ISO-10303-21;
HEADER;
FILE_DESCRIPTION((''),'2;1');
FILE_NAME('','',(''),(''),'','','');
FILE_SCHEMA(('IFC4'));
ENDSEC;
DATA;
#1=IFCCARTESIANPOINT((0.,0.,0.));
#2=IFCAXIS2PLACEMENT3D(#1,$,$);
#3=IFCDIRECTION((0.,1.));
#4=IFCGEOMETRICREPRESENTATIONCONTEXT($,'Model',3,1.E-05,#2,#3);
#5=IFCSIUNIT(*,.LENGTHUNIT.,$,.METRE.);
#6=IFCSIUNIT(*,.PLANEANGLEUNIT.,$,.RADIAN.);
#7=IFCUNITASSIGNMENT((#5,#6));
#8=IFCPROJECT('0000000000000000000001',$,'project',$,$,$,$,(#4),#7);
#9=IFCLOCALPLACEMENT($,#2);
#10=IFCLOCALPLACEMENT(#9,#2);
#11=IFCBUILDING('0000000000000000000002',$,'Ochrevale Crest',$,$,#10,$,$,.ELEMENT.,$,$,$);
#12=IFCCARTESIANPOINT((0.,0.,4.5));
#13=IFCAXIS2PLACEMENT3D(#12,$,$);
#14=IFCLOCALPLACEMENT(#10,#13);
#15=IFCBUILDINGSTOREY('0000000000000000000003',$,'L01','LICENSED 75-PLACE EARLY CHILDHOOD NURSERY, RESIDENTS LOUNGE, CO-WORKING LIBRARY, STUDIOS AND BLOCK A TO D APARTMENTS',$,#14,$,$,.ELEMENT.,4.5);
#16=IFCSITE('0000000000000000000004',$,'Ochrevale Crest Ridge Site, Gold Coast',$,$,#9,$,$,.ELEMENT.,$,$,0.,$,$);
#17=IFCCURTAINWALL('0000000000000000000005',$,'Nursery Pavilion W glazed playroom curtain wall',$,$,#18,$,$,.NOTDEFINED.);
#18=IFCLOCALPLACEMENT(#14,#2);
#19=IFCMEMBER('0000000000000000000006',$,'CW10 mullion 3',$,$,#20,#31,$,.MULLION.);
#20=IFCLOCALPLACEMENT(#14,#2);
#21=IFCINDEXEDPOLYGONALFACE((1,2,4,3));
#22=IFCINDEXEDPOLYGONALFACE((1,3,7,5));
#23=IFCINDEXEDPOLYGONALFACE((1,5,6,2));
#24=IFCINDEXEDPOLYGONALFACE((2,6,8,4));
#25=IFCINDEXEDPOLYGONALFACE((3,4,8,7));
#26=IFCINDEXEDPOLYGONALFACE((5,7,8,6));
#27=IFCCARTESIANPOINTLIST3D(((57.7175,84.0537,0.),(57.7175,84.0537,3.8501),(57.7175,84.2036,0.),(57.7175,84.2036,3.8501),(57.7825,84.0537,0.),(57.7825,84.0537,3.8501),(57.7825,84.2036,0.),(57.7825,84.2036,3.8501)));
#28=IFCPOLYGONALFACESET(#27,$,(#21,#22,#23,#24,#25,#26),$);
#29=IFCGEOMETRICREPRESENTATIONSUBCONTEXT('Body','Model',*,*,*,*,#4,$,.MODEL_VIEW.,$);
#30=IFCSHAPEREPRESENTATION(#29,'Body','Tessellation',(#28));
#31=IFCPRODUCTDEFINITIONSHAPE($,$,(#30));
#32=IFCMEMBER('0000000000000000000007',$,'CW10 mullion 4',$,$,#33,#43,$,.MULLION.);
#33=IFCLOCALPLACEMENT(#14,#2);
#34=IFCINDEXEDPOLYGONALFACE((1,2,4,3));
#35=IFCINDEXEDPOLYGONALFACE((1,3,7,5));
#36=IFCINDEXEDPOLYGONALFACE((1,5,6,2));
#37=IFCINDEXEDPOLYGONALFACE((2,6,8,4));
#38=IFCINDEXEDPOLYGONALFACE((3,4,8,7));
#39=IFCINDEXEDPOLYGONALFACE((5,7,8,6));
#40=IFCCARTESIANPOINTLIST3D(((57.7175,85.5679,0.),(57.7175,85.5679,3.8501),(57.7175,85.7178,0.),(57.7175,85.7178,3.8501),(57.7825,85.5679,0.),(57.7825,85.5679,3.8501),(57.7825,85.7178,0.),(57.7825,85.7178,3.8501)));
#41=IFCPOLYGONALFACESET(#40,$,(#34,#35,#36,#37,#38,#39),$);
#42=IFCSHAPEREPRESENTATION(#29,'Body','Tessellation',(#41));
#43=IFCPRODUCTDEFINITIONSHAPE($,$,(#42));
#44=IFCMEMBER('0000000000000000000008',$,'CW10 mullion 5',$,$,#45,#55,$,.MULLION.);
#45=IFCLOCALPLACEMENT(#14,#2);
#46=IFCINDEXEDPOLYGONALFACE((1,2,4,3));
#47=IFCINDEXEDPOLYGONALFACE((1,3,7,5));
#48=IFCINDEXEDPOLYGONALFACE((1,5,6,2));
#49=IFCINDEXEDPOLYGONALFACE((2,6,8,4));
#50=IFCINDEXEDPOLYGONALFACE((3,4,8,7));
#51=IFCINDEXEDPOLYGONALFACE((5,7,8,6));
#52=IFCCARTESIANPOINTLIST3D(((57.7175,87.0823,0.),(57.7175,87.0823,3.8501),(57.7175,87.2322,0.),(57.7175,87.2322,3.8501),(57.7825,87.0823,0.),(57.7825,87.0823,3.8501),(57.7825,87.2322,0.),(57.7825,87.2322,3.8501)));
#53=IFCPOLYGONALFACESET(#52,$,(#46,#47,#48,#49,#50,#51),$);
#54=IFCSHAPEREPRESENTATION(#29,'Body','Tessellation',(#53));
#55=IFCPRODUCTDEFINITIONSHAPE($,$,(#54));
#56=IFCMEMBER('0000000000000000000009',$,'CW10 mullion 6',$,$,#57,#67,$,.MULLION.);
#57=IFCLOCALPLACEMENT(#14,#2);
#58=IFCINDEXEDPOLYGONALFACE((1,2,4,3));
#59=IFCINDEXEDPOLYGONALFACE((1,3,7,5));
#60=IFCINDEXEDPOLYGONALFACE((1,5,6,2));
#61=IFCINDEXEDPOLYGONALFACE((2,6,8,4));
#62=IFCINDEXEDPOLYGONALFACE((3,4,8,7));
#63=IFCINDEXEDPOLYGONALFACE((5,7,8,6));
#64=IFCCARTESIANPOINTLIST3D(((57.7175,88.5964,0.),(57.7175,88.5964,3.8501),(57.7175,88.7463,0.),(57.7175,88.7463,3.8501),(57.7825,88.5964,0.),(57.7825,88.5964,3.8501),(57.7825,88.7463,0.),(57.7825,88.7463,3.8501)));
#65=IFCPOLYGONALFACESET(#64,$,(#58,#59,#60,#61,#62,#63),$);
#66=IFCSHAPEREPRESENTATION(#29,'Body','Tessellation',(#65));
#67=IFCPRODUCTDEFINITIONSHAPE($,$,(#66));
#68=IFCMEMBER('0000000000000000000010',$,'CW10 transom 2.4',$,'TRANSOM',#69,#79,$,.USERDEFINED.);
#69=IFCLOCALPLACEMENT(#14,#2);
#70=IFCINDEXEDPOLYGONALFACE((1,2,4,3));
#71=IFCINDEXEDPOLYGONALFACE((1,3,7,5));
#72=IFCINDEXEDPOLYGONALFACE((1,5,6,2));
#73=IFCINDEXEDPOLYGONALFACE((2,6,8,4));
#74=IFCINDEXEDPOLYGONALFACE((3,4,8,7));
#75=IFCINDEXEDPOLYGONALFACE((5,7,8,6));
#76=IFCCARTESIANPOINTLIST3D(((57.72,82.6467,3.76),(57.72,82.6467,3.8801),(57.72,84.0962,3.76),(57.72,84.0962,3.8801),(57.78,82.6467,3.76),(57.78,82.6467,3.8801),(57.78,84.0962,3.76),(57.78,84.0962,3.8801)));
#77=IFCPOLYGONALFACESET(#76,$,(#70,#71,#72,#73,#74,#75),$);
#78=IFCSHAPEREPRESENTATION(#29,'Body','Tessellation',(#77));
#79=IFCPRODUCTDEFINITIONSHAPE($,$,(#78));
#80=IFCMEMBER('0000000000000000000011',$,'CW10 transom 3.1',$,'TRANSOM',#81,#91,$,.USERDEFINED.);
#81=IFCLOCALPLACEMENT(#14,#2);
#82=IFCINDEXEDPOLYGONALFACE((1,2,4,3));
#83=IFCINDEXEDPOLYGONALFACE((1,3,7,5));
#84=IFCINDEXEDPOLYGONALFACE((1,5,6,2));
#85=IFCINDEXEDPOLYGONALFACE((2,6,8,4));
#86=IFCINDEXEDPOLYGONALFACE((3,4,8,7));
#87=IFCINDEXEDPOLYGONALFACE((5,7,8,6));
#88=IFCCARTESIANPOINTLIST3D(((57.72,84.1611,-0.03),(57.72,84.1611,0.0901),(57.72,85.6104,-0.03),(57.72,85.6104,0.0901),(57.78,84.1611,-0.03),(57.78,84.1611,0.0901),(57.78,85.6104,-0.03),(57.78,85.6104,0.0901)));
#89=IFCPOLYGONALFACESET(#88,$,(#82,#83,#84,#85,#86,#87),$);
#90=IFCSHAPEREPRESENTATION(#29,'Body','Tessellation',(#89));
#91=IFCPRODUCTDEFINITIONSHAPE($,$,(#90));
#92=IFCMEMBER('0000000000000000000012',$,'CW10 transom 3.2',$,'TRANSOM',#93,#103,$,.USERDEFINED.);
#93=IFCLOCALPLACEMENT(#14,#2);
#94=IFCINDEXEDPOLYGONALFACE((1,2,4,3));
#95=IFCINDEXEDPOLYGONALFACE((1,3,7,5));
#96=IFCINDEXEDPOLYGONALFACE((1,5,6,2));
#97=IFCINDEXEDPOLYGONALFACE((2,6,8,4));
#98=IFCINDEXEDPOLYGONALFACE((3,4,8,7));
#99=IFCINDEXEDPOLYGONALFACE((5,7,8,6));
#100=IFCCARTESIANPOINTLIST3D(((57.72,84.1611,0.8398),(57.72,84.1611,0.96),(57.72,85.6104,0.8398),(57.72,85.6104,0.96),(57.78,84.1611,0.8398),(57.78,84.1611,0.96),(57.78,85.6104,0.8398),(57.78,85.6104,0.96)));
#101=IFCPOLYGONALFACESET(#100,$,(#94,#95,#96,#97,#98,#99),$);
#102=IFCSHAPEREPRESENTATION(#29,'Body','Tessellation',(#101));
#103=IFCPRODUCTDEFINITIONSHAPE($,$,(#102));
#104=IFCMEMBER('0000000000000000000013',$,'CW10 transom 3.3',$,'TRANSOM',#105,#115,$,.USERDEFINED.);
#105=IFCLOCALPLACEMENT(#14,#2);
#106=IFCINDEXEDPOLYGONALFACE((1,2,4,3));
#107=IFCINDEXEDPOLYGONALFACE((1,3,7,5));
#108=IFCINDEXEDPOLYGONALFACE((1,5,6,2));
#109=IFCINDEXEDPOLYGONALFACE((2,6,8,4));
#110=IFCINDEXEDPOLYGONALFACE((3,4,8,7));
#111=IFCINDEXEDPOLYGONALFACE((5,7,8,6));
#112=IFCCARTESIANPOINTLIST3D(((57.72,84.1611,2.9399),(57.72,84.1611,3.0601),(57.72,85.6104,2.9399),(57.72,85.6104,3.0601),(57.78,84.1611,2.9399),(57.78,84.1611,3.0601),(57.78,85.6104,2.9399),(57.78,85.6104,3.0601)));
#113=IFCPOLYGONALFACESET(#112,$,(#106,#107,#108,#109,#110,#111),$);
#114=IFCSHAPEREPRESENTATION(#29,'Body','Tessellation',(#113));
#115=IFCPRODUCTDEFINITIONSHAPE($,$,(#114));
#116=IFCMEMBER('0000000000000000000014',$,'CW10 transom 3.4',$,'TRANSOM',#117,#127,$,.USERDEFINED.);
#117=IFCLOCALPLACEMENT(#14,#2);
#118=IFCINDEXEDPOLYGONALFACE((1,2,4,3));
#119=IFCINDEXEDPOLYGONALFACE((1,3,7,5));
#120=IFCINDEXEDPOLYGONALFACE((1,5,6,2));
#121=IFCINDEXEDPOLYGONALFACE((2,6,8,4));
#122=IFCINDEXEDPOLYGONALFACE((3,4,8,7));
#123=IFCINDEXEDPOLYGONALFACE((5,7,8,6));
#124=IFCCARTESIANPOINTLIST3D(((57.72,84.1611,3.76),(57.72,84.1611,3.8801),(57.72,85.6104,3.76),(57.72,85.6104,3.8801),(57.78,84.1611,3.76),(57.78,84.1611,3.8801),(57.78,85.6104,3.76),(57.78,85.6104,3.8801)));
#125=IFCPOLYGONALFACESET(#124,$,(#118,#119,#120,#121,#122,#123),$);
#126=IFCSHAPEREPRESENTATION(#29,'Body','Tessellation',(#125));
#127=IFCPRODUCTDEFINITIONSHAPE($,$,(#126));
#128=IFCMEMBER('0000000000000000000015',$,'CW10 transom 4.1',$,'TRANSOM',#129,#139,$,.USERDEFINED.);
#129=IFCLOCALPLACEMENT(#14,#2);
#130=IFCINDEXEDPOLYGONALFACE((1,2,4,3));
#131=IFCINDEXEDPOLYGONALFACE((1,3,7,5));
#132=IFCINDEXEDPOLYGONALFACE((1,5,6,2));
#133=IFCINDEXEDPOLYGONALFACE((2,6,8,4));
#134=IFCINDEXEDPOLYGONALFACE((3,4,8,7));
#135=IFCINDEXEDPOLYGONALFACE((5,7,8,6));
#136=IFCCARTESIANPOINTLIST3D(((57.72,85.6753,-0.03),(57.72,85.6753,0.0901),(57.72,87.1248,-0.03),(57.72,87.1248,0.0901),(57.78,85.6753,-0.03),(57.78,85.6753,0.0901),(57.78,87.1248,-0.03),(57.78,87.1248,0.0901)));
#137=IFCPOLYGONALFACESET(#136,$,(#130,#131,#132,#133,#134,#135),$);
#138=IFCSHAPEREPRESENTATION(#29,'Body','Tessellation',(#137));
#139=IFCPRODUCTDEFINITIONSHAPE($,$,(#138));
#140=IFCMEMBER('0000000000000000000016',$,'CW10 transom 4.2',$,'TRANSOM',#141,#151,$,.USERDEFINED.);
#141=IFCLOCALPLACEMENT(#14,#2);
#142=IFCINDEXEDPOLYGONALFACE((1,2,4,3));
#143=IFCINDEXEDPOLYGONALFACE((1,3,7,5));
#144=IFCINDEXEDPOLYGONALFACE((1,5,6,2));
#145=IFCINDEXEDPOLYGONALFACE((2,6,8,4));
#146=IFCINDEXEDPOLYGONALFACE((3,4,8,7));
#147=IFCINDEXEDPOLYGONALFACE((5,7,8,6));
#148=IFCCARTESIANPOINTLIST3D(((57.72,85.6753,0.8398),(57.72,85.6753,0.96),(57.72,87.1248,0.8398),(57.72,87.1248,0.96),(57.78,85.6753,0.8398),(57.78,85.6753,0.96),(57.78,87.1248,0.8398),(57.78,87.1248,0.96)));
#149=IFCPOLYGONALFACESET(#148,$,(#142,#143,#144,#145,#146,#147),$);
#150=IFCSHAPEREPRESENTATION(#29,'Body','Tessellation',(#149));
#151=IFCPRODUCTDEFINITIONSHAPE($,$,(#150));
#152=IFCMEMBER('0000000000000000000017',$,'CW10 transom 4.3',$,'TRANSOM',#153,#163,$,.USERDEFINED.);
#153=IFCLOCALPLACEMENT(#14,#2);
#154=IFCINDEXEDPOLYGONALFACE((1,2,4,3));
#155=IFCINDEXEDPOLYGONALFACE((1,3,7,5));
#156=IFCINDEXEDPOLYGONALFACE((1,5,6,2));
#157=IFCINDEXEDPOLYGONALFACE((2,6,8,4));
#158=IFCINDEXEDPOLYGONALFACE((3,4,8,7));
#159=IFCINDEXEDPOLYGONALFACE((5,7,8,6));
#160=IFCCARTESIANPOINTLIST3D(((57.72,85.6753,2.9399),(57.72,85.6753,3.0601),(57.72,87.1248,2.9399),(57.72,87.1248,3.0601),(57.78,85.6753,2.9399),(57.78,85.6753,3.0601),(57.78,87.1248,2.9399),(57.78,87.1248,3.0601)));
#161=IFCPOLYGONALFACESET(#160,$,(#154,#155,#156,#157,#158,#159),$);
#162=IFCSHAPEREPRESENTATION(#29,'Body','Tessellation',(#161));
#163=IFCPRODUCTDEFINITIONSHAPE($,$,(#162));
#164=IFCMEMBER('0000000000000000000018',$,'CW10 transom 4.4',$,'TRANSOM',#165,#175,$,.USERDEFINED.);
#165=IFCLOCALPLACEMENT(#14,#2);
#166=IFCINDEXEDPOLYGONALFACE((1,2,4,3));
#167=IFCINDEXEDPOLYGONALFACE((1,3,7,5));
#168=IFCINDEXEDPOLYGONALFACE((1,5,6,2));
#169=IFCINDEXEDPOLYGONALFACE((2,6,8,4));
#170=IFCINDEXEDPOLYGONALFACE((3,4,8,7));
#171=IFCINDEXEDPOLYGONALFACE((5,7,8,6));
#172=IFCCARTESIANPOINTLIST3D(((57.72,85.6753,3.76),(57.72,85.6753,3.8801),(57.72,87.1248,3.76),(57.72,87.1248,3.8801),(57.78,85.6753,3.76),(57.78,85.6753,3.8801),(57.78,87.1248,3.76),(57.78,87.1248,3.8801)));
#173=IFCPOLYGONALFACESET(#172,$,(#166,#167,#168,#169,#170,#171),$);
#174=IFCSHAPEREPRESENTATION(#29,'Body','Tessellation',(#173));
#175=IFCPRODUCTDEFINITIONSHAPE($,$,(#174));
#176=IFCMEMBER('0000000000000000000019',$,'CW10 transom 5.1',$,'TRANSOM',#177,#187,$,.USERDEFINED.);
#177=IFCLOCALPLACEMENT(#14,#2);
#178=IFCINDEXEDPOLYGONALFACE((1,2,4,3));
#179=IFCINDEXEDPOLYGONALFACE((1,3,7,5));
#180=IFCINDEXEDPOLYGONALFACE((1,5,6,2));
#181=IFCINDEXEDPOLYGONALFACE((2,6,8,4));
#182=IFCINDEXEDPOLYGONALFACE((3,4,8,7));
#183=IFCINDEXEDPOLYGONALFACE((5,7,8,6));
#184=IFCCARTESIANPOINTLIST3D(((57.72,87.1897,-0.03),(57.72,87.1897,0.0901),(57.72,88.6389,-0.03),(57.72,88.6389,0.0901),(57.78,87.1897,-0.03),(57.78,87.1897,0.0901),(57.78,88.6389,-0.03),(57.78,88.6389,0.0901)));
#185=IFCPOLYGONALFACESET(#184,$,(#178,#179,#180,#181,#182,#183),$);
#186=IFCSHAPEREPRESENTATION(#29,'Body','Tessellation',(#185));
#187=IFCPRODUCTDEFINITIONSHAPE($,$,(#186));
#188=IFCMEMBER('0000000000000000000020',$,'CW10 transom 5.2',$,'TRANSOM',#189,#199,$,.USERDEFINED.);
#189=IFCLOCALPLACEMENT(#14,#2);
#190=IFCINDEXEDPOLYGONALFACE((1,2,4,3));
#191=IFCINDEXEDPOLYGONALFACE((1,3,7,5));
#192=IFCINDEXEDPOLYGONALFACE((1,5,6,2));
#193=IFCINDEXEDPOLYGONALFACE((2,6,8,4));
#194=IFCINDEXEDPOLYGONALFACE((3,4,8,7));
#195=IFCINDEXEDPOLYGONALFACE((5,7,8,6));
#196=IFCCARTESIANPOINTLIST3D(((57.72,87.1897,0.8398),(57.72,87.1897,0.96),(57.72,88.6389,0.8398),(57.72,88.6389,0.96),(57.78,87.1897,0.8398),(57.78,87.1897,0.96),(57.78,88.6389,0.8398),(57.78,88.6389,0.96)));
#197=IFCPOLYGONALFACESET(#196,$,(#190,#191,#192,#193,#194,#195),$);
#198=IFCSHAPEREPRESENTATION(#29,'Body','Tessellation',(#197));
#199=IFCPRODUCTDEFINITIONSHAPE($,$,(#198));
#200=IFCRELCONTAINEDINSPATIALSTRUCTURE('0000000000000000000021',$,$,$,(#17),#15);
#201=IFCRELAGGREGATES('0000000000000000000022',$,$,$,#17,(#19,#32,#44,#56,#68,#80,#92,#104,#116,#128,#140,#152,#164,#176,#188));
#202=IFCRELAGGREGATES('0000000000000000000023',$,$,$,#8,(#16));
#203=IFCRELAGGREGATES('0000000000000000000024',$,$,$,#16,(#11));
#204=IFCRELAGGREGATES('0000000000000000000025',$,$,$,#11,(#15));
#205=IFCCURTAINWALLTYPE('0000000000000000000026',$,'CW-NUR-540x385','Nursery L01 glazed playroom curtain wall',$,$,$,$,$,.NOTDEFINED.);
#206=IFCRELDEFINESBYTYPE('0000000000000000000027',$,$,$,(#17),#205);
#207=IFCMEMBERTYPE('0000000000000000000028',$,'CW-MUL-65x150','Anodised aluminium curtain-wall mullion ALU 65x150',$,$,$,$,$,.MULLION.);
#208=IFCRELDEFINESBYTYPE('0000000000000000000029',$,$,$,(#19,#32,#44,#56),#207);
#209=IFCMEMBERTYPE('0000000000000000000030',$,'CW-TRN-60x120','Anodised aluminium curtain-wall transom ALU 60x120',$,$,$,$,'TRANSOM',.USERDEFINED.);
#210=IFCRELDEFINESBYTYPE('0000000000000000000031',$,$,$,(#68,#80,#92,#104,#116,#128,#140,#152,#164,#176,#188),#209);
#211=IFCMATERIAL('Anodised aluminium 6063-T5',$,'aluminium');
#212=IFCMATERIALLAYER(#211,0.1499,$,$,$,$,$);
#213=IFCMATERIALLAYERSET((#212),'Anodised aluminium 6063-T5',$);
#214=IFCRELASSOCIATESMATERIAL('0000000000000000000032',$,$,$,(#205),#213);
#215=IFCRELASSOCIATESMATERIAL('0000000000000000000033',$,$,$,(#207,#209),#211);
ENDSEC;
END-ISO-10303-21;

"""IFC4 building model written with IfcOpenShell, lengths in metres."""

from ifc_helpers import new_model, si_unit, direction, frame, origin, origin_2d, place, context, subcontext, project, spatial, rectangle, extrude, material, layer, layer_set, material_profile, profile_set, type_object, element, aggregate, save


model = new_model("IFC4")

# Units and contexts
model_context = context("Model", 3, precision=1e-05, world=origin(), true_north=direction((0.0, 1.0)))
body_context = subcontext(model_context, "Body", "Model", "MODEL_VIEW")
ifc_project = project(units=[si_unit("LENGTHUNIT", "METRE"), si_unit("PLANEANGLEUNIT", "RADIAN")], contexts=[model_context])

# Site, building, storey
site_placement = place(None, origin())
site = spatial("IfcSite", under=ifc_project, at=site_placement, Name="Ochrevale Crest Ridge Site, Gold Coast", CompositionType="ELEMENT", RefElevation=0.0)
building_placement = place(site_placement, origin())
building = spatial("IfcBuilding", under=site, at=building_placement, Name="Ochrevale Crest", CompositionType="ELEMENT")
storey_placement = place(building_placement, frame((0.0, 0.0, 4.5)))
storey = spatial("IfcBuildingStorey", under=building, at=storey_placement, Name="L01", Description="LICENSED 75-PLACE EARLY CHILDHOOD NURSERY, RESIDENTS LOUNGE, CO-WORKING LIBRARY, STUDIOS AND BLOCK A TO D APARTMENTS", CompositionType="ELEMENT", Elevation=4.5)

# Curtain wall, members
ifc_material_1 = material(Name="Anodised aluminium 6063-T5", Category="aluminium")
ifc_layer_1 = layer(ifc_material_1, 0.1499)
ifc_layer_set_1 = layer_set([ifc_layer_1], Name="Anodised aluminium 6063-T5")
curtain_wall_type = type_object("IfcCurtainWallType", Name="CW-NUR-540x385", Description="Nursery L01 glazed playroom curtain wall", PredefinedType="NOTDEFINED", material=ifc_layer_set_1)
curtain_wall_placement = place(storey_placement, origin())
curtain_wall = element("IfcCurtainWall", 1, at=curtain_wall_placement, inside=storey, type_object=curtain_wall_type, Name="Nursery Pavilion W glazed playroom curtain wall", PredefinedType="NOTDEFINED")
ifc_material_profile_1 = material_profile(ifc_material_1, rectangle(XDim=0.0649, YDim=0.1499, at=origin_2d()), Name="ALU 65x150")
ifc_profile_set_1 = profile_set([ifc_material_profile_1], Name="Anodised aluminium 6063-T5")
member_type_1 = type_object("IfcMemberType", Name="CW-MUL-65x150", Description="Anodised aluminium curtain-wall mullion ALU 65x150", PredefinedType="MULLION", material=ifc_profile_set_1)
member_1_placement = place(storey_placement, frame((57.75, 84.1287, 0.0), z_axis=(0.0, 0.0, 1.0), x_axis=(-1.0, 0.0, 0.0)))
member_1 = element("IfcMember", 2, at=member_1_placement, type_object=member_type_1, Name="CW10 mullion 3", PredefinedType="MULLION", context=body_context, shape_type="SweptSolid", body=[
    extrude(rectangle(XDim=0.0649, YDim=0.1499, at=origin_2d()), origin(), (0.0, 0.0, 1.0), 3.8501),
])
member_2_placement = place(storey_placement, frame((57.75, 85.6428, 0.0), z_axis=(0.0, 0.0, 1.0), x_axis=(-1.0, 0.0, 0.0)))
member_2 = element("IfcMember", 3, at=member_2_placement, type_object=member_type_1, Name="CW10 mullion 4", PredefinedType="MULLION", context=body_context, shape_type="SweptSolid", body=[
    extrude(rectangle(XDim=0.0649, YDim=0.1499, at=origin_2d()), origin(), (0.0, 0.0, 1.0), 3.8501),
])
member_3_placement = place(storey_placement, frame((57.75, 87.1572, 0.0), z_axis=(0.0, 0.0, 1.0), x_axis=(-1.0, 0.0, 0.0)))
member_3 = element("IfcMember", 4, at=member_3_placement, type_object=member_type_1, Name="CW10 mullion 5", PredefinedType="MULLION", context=body_context, shape_type="SweptSolid", body=[
    extrude(rectangle(XDim=0.0649, YDim=0.1499, at=origin_2d()), origin(), (0.0, 0.0, 1.0), 3.8501),
])
member_4_placement = place(storey_placement, frame((57.75, 88.6714, 0.0), z_axis=(0.0, 0.0, 1.0), x_axis=(-1.0, 0.0, 0.0)))
member_4 = element("IfcMember", 5, at=member_4_placement, type_object=member_type_1, Name="CW10 mullion 6", PredefinedType="MULLION", context=body_context, shape_type="SweptSolid", body=[
    extrude(rectangle(XDim=0.0649, YDim=0.1499, at=origin_2d()), origin(), (0.0, 0.0, 1.0), 3.8501),
])
ifc_material_profile_2 = material_profile(ifc_material_1, rectangle(XDim=0.0601, YDim=0.1201, at=origin_2d()), Name="ALU 60x120")
ifc_profile_set_2 = profile_set([ifc_material_profile_2], Name="Anodised aluminium 6063-T5")
member_type_2 = type_object("IfcMemberType", Name="CW-TRN-60x120", Description="Anodised aluminium curtain-wall transom ALU 60x120", ElementType="TRANSOM", PredefinedType="USERDEFINED", material=ifc_profile_set_2)
member_5_placement = place(storey_placement, frame((57.75, 82.6467, 3.8201), z_axis=(0.0, 1.0, 0.0), x_axis=(-1.0, 0.0, 0.0)))
member_5 = element("IfcMember", 6, at=member_5_placement, type_object=member_type_2, Name="CW10 transom 2.4", ObjectType="TRANSOM", PredefinedType="USERDEFINED", context=body_context, shape_type="SweptSolid", body=[
    extrude(rectangle(XDim=0.0601, YDim=0.1201, at=origin_2d()), origin(), (0.0, 0.0, 1.0), 1.4495),
])
member_6_placement = place(storey_placement, frame((57.75, 84.1611, 0.03), z_axis=(0.0, 1.0, 0.0), x_axis=(-1.0, 0.0, 0.0)))
member_6 = element("IfcMember", 7, at=member_6_placement, type_object=member_type_2, Name="CW10 transom 3.1", ObjectType="TRANSOM", PredefinedType="USERDEFINED", context=body_context, shape_type="SweptSolid", body=[
    extrude(rectangle(XDim=0.0601, YDim=0.1201, at=origin_2d()), origin(), (0.0, 0.0, 1.0), 1.4492),
])
member_7_placement = place(storey_placement, frame((57.75, 84.1611, 0.8999), z_axis=(0.0, 1.0, 0.0), x_axis=(-1.0, 0.0, 0.0)))
member_7 = element("IfcMember", 8, at=member_7_placement, type_object=member_type_2, Name="CW10 transom 3.2", ObjectType="TRANSOM", PredefinedType="USERDEFINED", context=body_context, shape_type="SweptSolid", body=[
    extrude(rectangle(XDim=0.0601, YDim=0.1201, at=origin_2d()), origin(), (0.0, 0.0, 1.0), 1.4492),
])
member_8_placement = place(storey_placement, frame((57.75, 84.1611, 3.0), z_axis=(0.0, 1.0, 0.0), x_axis=(-1.0, 0.0, 0.0)))
member_8 = element("IfcMember", 9, at=member_8_placement, type_object=member_type_2, Name="CW10 transom 3.3", ObjectType="TRANSOM", PredefinedType="USERDEFINED", context=body_context, shape_type="SweptSolid", body=[
    extrude(rectangle(XDim=0.0601, YDim=0.1201, at=origin_2d()), origin(), (0.0, 0.0, 1.0), 1.4492),
])
member_9_placement = place(storey_placement, frame((57.75, 84.1611, 3.8201), z_axis=(0.0, 1.0, 0.0), x_axis=(-1.0, 0.0, 0.0)))
member_9 = element("IfcMember", 10, at=member_9_placement, type_object=member_type_2, Name="CW10 transom 3.4", ObjectType="TRANSOM", PredefinedType="USERDEFINED", context=body_context, shape_type="SweptSolid", body=[
    extrude(rectangle(XDim=0.0601, YDim=0.1201, at=origin_2d()), origin(), (0.0, 0.0, 1.0), 1.4492),
])
member_10_placement = place(storey_placement, frame((57.75, 85.6753, 0.03), z_axis=(0.0, 1.0, 0.0), x_axis=(-1.0, 0.0, 0.0)))
member_10 = element("IfcMember", 11, at=member_10_placement, type_object=member_type_2, Name="CW10 transom 4.1", ObjectType="TRANSOM", PredefinedType="USERDEFINED", context=body_context, shape_type="SweptSolid", body=[
    extrude(rectangle(XDim=0.0601, YDim=0.1201, at=origin_2d()), origin(), (0.0, 0.0, 1.0), 1.4495),
])
member_11_placement = place(storey_placement, frame((57.75, 85.6753, 0.8999), z_axis=(0.0, 1.0, 0.0), x_axis=(-1.0, 0.0, 0.0)))
member_11 = element("IfcMember", 12, at=member_11_placement, type_object=member_type_2, Name="CW10 transom 4.2", ObjectType="TRANSOM", PredefinedType="USERDEFINED", context=body_context, shape_type="SweptSolid", body=[
    extrude(rectangle(XDim=0.0601, YDim=0.1201, at=origin_2d()), origin(), (0.0, 0.0, 1.0), 1.4495),
])
member_12_placement = place(storey_placement, frame((57.75, 85.6753, 3.0), z_axis=(0.0, 1.0, 0.0), x_axis=(-1.0, 0.0, 0.0)))
member_12 = element("IfcMember", 13, at=member_12_placement, type_object=member_type_2, Name="CW10 transom 4.3", ObjectType="TRANSOM", PredefinedType="USERDEFINED", context=body_context, shape_type="SweptSolid", body=[
    extrude(rectangle(XDim=0.0601, YDim=0.1201, at=origin_2d()), origin(), (0.0, 0.0, 1.0), 1.4495),
])
member_13_placement = place(storey_placement, frame((57.75, 85.6753, 3.8201), z_axis=(0.0, 1.0, 0.0), x_axis=(-1.0, 0.0, 0.0)))
member_13 = element("IfcMember", 14, at=member_13_placement, type_object=member_type_2, Name="CW10 transom 4.4", ObjectType="TRANSOM", PredefinedType="USERDEFINED", context=body_context, shape_type="SweptSolid", body=[
    extrude(rectangle(XDim=0.0601, YDim=0.1201, at=origin_2d()), origin(), (0.0, 0.0, 1.0), 1.4495),
])
member_14_placement = place(storey_placement, frame((57.75, 87.1897, 0.03), z_axis=(0.0, 1.0, 0.0), x_axis=(-1.0, 0.0, 0.0)))
member_14 = element("IfcMember", 15, at=member_14_placement, type_object=member_type_2, Name="CW10 transom 5.1", ObjectType="TRANSOM", PredefinedType="USERDEFINED", context=body_context, shape_type="SweptSolid", body=[
    extrude(rectangle(XDim=0.0601, YDim=0.1201, at=origin_2d()), origin(), (0.0, 0.0, 1.0), 1.4492),
])
member_15_placement = place(storey_placement, frame((57.75, 87.1897, 0.8999), z_axis=(0.0, 1.0, 0.0), x_axis=(-1.0, 0.0, 0.0)))
member_15 = element("IfcMember", 16, at=member_15_placement, type_object=member_type_2, Name="CW10 transom 5.2", ObjectType="TRANSOM", PredefinedType="USERDEFINED", context=body_context, shape_type="SweptSolid", body=[
    extrude(rectangle(XDim=0.0601, YDim=0.1201, at=origin_2d()), origin(), (0.0, 0.0, 1.0), 1.4492),
])
aggregate(curtain_wall, [member_1, member_2, member_3, member_4, member_5, member_6, member_7, member_8, member_9, member_10, member_11, member_12, member_13, member_14, member_15])

save(model, "model.ifc")
